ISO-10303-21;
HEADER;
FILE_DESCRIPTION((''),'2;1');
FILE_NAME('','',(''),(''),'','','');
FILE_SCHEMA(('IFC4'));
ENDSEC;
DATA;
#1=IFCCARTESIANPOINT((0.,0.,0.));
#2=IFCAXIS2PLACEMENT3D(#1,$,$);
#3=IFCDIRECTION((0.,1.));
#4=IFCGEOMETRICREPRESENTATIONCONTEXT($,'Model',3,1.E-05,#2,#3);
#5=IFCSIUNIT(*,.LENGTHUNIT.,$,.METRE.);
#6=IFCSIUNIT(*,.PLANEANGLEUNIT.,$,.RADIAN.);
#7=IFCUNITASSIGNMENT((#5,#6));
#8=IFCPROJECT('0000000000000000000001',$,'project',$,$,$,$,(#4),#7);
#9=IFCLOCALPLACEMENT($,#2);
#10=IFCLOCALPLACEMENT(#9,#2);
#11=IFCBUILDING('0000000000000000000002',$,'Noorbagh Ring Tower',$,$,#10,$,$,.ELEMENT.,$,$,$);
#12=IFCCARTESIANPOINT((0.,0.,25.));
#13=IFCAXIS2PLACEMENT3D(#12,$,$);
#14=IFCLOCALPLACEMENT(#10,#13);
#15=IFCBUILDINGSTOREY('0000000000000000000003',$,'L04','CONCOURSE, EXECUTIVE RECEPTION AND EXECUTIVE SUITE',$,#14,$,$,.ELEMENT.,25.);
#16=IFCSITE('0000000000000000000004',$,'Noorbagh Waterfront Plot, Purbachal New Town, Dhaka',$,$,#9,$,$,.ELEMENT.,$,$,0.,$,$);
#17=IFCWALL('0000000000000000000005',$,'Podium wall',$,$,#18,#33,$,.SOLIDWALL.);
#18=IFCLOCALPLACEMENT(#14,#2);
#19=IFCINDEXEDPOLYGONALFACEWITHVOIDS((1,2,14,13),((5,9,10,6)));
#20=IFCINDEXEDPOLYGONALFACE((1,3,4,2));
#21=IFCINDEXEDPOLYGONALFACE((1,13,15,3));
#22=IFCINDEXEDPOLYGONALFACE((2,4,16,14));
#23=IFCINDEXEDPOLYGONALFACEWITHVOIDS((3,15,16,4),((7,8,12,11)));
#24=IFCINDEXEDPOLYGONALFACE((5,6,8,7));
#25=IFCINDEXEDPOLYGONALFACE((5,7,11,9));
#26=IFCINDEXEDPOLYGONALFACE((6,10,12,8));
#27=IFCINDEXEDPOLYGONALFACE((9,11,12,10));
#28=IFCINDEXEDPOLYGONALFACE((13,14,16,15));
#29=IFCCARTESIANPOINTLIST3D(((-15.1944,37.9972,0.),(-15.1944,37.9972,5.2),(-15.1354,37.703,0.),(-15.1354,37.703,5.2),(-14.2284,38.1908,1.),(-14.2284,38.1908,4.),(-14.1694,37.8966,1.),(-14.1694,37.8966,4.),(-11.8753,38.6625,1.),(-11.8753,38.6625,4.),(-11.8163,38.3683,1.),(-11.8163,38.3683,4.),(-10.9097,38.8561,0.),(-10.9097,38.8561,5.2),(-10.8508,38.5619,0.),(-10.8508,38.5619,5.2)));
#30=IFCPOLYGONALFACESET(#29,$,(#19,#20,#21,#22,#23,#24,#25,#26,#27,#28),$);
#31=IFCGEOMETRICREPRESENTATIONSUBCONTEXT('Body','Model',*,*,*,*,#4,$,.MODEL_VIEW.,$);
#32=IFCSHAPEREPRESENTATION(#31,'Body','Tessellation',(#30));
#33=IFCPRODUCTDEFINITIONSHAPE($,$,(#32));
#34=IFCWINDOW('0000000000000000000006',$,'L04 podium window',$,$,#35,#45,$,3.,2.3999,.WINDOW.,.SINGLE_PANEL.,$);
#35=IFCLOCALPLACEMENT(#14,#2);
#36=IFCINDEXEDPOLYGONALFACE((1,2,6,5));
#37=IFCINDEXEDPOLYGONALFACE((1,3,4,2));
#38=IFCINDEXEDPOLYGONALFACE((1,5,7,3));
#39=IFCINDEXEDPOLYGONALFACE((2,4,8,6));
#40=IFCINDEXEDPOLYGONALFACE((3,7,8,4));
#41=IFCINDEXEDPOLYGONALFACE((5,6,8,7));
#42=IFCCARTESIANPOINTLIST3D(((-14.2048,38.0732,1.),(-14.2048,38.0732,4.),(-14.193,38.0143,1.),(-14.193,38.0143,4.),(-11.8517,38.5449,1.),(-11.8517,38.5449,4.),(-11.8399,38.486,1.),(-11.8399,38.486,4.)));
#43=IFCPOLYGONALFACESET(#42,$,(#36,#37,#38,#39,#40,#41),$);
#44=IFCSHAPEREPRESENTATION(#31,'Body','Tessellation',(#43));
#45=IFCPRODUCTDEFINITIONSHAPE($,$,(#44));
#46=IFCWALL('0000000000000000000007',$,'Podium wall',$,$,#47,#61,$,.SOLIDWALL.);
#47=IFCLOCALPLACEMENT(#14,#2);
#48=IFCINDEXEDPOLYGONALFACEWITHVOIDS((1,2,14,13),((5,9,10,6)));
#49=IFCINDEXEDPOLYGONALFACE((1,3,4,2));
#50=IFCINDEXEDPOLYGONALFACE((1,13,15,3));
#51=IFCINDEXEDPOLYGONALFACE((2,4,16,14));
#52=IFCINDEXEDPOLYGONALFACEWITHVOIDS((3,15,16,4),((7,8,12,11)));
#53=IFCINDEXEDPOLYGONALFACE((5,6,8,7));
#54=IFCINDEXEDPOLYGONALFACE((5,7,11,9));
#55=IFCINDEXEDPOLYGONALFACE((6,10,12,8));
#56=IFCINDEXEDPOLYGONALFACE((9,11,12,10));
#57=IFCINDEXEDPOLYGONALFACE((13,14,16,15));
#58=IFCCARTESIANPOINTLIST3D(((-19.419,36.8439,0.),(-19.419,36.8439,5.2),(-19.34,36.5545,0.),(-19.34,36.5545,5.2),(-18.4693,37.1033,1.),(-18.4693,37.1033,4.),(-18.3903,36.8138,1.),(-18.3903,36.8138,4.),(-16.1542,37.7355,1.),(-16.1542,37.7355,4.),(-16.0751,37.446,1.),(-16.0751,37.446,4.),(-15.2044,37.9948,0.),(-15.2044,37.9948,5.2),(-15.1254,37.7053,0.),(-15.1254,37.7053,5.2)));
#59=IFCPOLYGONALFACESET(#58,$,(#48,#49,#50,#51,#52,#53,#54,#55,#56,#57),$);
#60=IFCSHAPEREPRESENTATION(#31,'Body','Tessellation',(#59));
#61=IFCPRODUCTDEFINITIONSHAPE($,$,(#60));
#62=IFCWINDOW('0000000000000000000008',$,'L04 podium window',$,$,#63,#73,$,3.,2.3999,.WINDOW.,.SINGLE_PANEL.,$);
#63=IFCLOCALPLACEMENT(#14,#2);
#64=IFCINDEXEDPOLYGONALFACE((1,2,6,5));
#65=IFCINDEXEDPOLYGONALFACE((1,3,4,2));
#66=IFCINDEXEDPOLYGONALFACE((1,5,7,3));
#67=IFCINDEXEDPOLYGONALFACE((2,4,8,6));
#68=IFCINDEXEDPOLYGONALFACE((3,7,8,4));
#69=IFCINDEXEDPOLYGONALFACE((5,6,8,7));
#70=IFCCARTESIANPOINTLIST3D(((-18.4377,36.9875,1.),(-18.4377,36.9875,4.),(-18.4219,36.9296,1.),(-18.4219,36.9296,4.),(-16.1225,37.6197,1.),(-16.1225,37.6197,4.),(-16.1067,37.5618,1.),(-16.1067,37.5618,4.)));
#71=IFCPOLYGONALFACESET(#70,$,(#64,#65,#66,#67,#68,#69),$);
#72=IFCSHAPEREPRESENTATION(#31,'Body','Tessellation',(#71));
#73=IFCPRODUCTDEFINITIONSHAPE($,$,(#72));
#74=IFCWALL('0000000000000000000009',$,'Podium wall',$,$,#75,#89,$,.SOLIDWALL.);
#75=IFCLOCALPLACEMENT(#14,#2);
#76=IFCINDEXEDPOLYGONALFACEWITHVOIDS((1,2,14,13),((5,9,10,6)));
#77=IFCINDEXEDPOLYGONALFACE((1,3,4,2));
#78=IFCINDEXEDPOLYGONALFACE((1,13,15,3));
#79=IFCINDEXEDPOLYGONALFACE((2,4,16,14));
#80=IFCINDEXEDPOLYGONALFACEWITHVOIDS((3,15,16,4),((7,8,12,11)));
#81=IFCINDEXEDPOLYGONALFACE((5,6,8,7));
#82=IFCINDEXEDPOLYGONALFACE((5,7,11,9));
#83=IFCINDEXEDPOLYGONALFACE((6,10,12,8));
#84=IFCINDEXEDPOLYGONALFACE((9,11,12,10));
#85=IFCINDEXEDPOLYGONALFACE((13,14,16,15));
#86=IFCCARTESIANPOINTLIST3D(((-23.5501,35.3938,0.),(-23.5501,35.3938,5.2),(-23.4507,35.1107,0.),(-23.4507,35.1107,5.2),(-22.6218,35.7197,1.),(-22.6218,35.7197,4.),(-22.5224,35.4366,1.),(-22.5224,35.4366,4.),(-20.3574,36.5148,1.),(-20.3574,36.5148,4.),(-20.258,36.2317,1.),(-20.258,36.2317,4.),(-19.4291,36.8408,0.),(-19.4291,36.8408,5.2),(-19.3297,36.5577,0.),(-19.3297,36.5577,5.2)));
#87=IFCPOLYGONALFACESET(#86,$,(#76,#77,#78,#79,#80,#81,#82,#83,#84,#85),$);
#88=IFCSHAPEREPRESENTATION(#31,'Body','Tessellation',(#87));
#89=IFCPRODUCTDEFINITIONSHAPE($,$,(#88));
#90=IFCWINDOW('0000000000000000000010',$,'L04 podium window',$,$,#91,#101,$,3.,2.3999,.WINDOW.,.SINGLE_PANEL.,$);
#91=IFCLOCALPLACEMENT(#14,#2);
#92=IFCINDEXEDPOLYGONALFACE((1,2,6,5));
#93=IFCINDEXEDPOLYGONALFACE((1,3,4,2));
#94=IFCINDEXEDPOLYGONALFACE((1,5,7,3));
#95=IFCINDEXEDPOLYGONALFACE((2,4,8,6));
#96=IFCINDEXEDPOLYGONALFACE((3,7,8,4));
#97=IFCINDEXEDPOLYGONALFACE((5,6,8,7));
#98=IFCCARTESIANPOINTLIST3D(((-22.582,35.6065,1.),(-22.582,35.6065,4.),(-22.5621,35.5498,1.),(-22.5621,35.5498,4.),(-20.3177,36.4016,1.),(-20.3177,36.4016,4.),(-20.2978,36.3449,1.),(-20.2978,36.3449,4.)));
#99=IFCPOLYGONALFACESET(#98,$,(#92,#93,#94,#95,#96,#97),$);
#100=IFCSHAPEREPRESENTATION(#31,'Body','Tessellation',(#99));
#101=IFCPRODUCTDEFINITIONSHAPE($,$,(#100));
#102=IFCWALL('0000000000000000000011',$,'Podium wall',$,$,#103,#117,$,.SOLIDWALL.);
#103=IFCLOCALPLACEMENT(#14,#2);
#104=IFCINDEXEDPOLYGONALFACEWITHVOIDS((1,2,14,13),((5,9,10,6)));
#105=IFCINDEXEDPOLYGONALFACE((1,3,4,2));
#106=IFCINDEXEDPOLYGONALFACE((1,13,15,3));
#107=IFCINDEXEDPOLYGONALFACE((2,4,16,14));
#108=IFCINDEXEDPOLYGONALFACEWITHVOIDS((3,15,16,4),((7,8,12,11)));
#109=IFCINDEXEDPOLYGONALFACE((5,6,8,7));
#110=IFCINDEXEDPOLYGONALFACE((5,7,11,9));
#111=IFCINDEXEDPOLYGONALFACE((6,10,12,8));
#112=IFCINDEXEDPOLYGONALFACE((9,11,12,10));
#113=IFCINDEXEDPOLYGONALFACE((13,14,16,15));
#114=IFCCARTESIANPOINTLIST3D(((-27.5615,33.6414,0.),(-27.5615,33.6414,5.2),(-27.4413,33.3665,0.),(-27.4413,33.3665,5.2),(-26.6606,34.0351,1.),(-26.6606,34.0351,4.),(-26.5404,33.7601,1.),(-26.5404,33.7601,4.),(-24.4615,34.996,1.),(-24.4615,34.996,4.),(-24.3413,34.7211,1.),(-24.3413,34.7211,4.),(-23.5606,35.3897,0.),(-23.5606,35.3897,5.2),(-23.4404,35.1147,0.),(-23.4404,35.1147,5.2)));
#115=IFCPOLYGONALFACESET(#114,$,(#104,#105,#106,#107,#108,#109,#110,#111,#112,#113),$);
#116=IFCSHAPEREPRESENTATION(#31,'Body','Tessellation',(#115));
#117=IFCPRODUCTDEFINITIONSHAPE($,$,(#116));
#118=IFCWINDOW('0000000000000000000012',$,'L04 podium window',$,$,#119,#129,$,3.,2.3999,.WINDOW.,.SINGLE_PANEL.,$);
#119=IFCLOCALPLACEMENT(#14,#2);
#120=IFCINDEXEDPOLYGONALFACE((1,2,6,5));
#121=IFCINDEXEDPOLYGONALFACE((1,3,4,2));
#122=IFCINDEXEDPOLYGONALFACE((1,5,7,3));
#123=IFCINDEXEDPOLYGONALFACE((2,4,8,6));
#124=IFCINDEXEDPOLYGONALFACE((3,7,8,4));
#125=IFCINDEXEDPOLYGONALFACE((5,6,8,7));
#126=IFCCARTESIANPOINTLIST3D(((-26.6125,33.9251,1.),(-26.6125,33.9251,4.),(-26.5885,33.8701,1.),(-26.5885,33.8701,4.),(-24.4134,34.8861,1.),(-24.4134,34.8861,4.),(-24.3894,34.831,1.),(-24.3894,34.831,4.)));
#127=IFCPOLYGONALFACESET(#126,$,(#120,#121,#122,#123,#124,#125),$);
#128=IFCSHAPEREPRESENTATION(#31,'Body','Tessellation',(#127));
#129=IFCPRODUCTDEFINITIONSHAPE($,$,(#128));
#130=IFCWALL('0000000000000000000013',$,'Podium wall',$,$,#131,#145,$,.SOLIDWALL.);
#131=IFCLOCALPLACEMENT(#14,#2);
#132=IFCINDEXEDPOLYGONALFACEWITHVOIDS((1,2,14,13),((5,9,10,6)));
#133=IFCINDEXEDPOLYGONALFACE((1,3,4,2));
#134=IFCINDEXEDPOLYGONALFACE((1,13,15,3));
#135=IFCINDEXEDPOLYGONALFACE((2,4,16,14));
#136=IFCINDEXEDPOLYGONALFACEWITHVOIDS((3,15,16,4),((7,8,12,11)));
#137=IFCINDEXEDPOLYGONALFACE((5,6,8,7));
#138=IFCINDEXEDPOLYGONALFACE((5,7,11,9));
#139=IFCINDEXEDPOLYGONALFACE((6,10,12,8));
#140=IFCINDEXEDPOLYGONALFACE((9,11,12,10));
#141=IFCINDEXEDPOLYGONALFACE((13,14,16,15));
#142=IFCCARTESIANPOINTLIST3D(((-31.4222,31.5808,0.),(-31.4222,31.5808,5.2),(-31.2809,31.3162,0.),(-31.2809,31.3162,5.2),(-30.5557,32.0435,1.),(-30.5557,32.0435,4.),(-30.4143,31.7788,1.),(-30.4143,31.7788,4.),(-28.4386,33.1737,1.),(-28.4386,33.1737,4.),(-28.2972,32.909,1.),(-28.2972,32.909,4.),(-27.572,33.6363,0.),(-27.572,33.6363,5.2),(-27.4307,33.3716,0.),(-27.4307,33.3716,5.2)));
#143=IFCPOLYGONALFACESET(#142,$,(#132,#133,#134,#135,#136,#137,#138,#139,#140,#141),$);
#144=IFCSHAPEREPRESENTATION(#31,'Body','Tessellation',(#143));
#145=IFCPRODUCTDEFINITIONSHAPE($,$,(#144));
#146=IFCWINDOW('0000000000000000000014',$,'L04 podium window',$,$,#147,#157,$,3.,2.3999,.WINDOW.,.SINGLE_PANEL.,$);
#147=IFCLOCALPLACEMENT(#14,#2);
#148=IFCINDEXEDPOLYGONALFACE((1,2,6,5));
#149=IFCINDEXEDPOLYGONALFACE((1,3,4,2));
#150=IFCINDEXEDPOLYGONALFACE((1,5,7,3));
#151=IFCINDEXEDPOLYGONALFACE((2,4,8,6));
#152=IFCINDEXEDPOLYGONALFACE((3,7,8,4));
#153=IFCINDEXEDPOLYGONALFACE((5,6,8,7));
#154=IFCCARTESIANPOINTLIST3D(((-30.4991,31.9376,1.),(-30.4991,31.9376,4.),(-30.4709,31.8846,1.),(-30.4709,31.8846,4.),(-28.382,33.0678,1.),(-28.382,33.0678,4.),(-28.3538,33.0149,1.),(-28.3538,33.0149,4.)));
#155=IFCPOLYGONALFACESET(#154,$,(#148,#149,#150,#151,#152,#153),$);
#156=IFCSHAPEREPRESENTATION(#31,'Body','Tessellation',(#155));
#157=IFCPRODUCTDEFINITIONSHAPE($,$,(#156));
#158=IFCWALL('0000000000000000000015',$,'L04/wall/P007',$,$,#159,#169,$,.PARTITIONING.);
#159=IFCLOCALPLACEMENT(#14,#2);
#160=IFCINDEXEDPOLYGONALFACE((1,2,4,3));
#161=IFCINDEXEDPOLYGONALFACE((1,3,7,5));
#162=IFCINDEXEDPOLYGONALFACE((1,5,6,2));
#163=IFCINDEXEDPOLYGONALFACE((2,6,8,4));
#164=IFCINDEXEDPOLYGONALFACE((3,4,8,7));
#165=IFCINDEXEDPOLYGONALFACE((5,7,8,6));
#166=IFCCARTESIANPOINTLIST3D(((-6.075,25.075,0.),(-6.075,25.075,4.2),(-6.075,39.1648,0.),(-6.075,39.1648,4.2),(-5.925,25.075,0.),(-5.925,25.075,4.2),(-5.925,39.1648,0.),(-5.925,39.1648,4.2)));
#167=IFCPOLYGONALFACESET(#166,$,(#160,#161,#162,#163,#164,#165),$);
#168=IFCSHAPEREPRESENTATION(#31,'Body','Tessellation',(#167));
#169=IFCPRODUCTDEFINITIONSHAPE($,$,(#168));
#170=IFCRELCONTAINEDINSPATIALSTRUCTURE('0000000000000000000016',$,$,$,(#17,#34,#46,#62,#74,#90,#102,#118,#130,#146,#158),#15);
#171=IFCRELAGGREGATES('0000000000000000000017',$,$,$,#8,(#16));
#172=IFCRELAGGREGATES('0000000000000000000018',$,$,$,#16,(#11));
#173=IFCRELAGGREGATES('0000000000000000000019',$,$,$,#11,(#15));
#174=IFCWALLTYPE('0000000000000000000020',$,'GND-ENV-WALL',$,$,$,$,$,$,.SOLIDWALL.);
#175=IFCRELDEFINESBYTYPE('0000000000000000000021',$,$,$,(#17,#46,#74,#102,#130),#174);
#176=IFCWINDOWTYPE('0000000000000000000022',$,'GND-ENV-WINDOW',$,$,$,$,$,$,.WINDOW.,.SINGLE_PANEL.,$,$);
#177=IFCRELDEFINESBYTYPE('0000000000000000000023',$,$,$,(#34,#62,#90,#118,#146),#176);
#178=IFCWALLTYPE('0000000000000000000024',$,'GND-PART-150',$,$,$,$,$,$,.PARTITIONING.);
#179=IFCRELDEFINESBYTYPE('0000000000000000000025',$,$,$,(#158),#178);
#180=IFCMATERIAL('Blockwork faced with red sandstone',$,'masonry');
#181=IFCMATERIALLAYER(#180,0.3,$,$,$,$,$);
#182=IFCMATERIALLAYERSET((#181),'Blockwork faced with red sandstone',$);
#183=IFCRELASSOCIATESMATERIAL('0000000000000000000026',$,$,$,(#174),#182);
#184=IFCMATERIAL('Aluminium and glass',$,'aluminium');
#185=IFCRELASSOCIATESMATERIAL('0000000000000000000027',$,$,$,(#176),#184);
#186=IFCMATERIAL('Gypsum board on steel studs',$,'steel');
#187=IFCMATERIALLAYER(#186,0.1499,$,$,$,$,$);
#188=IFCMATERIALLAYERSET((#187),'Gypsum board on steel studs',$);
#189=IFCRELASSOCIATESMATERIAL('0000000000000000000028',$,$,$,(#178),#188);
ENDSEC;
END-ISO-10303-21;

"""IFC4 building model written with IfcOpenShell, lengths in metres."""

from ifc_helpers import new_model, si_unit, direction, frame, frame_2d, origin, place, context, subcontext, project, spatial, rectangle, extrude, material, layer, layer_set, type_object, element, fill, save


model = new_model("IFC4")

# Units and contexts
model_context = context("Model", 3, precision=1e-05, world=origin(), true_north=direction((0.0, 1.0)))
body_context = subcontext(model_context, "Body", "Model", "MODEL_VIEW")
ifc_project = project(units=[si_unit("LENGTHUNIT", "METRE"), si_unit("PLANEANGLEUNIT", "RADIAN")], contexts=[model_context])

# Site, building, storey
site_placement = place(None, origin())
site = spatial("IfcSite", under=ifc_project, at=site_placement, Name="Noorbagh Waterfront Plot, Purbachal New Town, Dhaka", CompositionType="ELEMENT", RefElevation=0.0)
building_placement = place(site_placement, origin())
building = spatial("IfcBuilding", under=site, at=building_placement, Name="Noorbagh Ring Tower", CompositionType="ELEMENT")
storey_placement = place(building_placement, frame((0.0, 0.0, 25.0)))
storey = spatial("IfcBuildingStorey", under=building, at=storey_placement, Name="L04", Description="CONCOURSE, EXECUTIVE RECEPTION AND EXECUTIVE SUITE", CompositionType="ELEMENT", Elevation=25.0)

# Walls, openings, windows
ifc_material_1 = material(Name="Blockwork faced with red sandstone", Category="masonry")
ifc_layer_1 = layer(ifc_material_1, 0.3)
ifc_layer_set_1 = layer_set([ifc_layer_1], Name="Blockwork faced with red sandstone")
wall_type_1 = type_object("IfcWallType", Name="GND-ENV-WALL", PredefinedType="SOLIDWALL", material=ifc_layer_set_1)
ifc_material_2 = material(Name="Aluminium and glass", Category="aluminium")
window_type = type_object("IfcWindowType", Name="GND-ENV-WINDOW", PartitioningType="SINGLE_PANEL", PredefinedType="WINDOW", material=ifc_material_2)
wall_1_placement = place(storey_placement, frame((-10.8801, 38.709, 0.0), z_axis=(0.0, 0.0, 1.0), x_axis=(-0.980495, -0.196546, 0.0)))
wall_1 = element("IfcWall", 1, at=wall_1_placement, inside=storey, type_object=wall_type_1, Name="Podium wall", PredefinedType="SOLIDWALL", context=body_context, shape_type="SweptSolid", body=[
    extrude(rectangle(XDim=4.3699, YDim=0.3, at=frame_2d((2.1851, 0.0))), origin(), (0.0, 0.0, 1.0), 5.2),
])
opening_1_placement = place(wall_1_placement, frame((0.9849, 0.0, 1.0)))
opening_1 = element("IfcOpeningElement", 2, at=opening_1_placement, cuts=wall_1, PredefinedType="OPENING", context=body_context, shape_type="SweptSolid", body=[
    extrude(rectangle(XDim=2.3999, YDim=3.0, at=frame_2d((1.2, 1.5))), frame((0.0, 0.1602, 0.0), z_axis=(0.0, -1.0, 0.0), x_axis=(1.0, 0.0, 0.0)), (0.0, 0.0, 1.0), 0.3201),
])
window_1_placement = place(opening_1_placement, origin())
window_1 = element("IfcWindow", 3, at=window_1_placement, inside=storey, type_object=window_type, Name="L04 podium window", OverallHeight=3.0, OverallWidth=2.3999, PartitioningType="SINGLE_PANEL", PredefinedType="WINDOW", context=body_context, shape_type="SweptSolid", body=[
    extrude(rectangle(XDim=2.3999, YDim=3.0, at=frame_2d((1.2, 1.5))), frame((0.0, 0.03, 0.0), z_axis=(0.0, -1.0, 0.0), x_axis=(1.0, 0.0, 0.0)), (0.0, 0.0, 1.0), 0.0601),
])
fill(opening_1, window_1)
wall_2_placement = place(storey_placement, frame((-15.1648, 37.8501, 0.0), z_axis=(0.0, 0.0, 1.0), x_axis=(-0.96468, -0.263425, 0.0)))
wall_2 = element("IfcWall", 4, at=wall_2_placement, inside=storey, type_object=wall_type_1, Name="Podium wall", PredefinedType="SOLIDWALL", context=body_context, shape_type="SweptSolid", body=[
    extrude(rectangle(XDim=4.3689, YDim=0.3, at=frame_2d((2.1846, 0.0))), origin(), (0.0, 0.0, 1.0), 5.2),
])
opening_2_placement = place(wall_2_placement, frame((0.9846, 0.0, 1.0)))
opening_2 = element("IfcOpeningElement", 5, at=opening_2_placement, cuts=wall_2, PredefinedType="OPENING", context=body_context, shape_type="SweptSolid", body=[
    extrude(rectangle(XDim=2.3999, YDim=3.0, at=frame_2d((1.2, 1.5))), frame((0.0, 0.1602, 0.0), z_axis=(0.0, -1.0, 0.0), x_axis=(1.0, 0.0, 0.0)), (0.0, 0.0, 1.0), 0.3201),
])
window_2_placement = place(opening_2_placement, origin())
window_2 = element("IfcWindow", 6, at=window_2_placement, inside=storey, type_object=window_type, Name="L04 podium window", OverallHeight=3.0, OverallWidth=2.3999, PartitioningType="SINGLE_PANEL", PredefinedType="WINDOW", context=body_context, shape_type="SweptSolid", body=[
    extrude(rectangle(XDim=2.3999, YDim=3.0, at=frame_2d((1.2, 1.5))), frame((0.0, 0.03, 0.0), z_axis=(0.0, -1.0, 0.0), x_axis=(1.0, 0.0, 0.0)), (0.0, 0.0, 1.0), 0.0601),
])
fill(opening_2, window_2)
wall_3_placement = place(storey_placement, frame((-19.3794, 36.6992, 0.0), z_axis=(0.0, 0.0, 1.0), x_axis=(-0.943527, -0.331296, 0.0)))
wall_3 = element("IfcWall", 7, at=wall_3_placement, inside=storey, type_object=wall_type_1, Name="Podium wall", PredefinedType="SOLIDWALL", context=body_context, shape_type="SweptSolid", body=[
    extrude(rectangle(XDim=4.3677, YDim=0.3, at=frame_2d((2.1838, 0.0))), origin(), (0.0, 0.0, 1.0), 5.2),
])
opening_3_placement = place(wall_3_placement, frame((0.9839, 0.0, 1.0)))
opening_3 = element("IfcOpeningElement", 8, at=opening_3_placement, cuts=wall_3, PredefinedType="OPENING", context=body_context, shape_type="SweptSolid", body=[
    extrude(rectangle(XDim=2.3999, YDim=3.0, at=frame_2d((1.2, 1.5))), frame((0.0, 0.1602, 0.0), z_axis=(0.0, -1.0, 0.0), x_axis=(1.0, 0.0, 0.0)), (0.0, 0.0, 1.0), 0.3201),
])
window_3_placement = place(opening_3_placement, origin())
window_3 = element("IfcWindow", 9, at=window_3_placement, inside=storey, type_object=window_type, Name="L04 podium window", OverallHeight=3.0, OverallWidth=2.3999, PartitioningType="SINGLE_PANEL", PredefinedType="WINDOW", context=body_context, shape_type="SweptSolid", body=[
    extrude(rectangle(XDim=2.3999, YDim=3.0, at=frame_2d((1.2, 1.5))), frame((0.0, 0.03, 0.0), z_axis=(0.0, -1.0, 0.0), x_axis=(1.0, 0.0, 0.0)), (0.0, 0.0, 1.0), 0.0601),
])
fill(opening_3, window_3)
wall_4_placement = place(storey_placement, frame((-23.5005, 35.2522, 0.0), z_axis=(0.0, 0.0, 1.0), x_axis=(-0.916337, -0.400408, 0.0)))
wall_4 = element("IfcWall", 10, at=wall_4_placement, inside=storey, type_object=wall_type_1, Name="Podium wall", PredefinedType="SOLIDWALL", context=body_context, shape_type="SweptSolid", body=[
    extrude(rectangle(XDim=4.3662, YDim=0.3, at=frame_2d((2.1831, 0.0))), origin(), (0.0, 0.0, 1.0), 5.2),
])
opening_4_placement = place(wall_4_placement, frame((0.9832, 0.0, 1.0)))
opening_4 = element("IfcOpeningElement", 11, at=opening_4_placement, cuts=wall_4, PredefinedType="OPENING", context=body_context, shape_type="SweptSolid", body=[
    extrude(rectangle(XDim=2.3999, YDim=3.0, at=frame_2d((1.2, 1.5))), frame((0.0, 0.1602, 0.0), z_axis=(0.0, -1.0, 0.0), x_axis=(1.0, 0.0, 0.0)), (0.0, 0.0, 1.0), 0.3201),
])
window_4_placement = place(opening_4_placement, origin())
window_4 = element("IfcWindow", 12, at=window_4_placement, inside=storey, type_object=window_type, Name="L04 podium window", OverallHeight=3.0, OverallWidth=2.3999, PartitioningType="SINGLE_PANEL", PredefinedType="WINDOW", context=body_context, shape_type="SweptSolid", body=[
    extrude(rectangle(XDim=2.3999, YDim=3.0, at=frame_2d((1.2, 1.5))), frame((0.0, 0.03, 0.0), z_axis=(0.0, -1.0, 0.0), x_axis=(1.0, 0.0, 0.0)), (0.0, 0.0, 1.0), 0.0601),
])
fill(opening_4, window_4)
wall_5_placement = place(storey_placement, frame((-27.5015, 33.5039, 0.0), z_axis=(0.0, 0.0, 1.0), x_axis=(-0.882159, -0.470951, 0.0)))
wall_5 = element("IfcWall", 13, at=wall_5_placement, inside=storey, type_object=wall_type_1, Name="Podium wall", PredefinedType="SOLIDWALL", context=body_context, shape_type="SweptSolid", body=[
    extrude(rectangle(XDim=4.3645, YDim=0.3, at=frame_2d((2.1821, 0.0))), origin(), (0.0, 0.0, 1.0), 5.2),
])
opening_5_placement = place(wall_5_placement, frame((0.9822, 0.0, 1.0)))
opening_5 = element("IfcOpeningElement", 14, at=opening_5_placement, cuts=wall_5, PredefinedType="OPENING", context=body_context, shape_type="SweptSolid", body=[
    extrude(rectangle(XDim=2.3999, YDim=3.0, at=frame_2d((1.2, 1.5))), frame((0.0, 0.1602, 0.0), z_axis=(0.0, -1.0, 0.0), x_axis=(1.0, 0.0, 0.0)), (0.0, 0.0, 1.0), 0.3201),
])
window_5_placement = place(opening_5_placement, origin())
window_5 = element("IfcWindow", 15, at=window_5_placement, inside=storey, type_object=window_type, Name="L04 podium window", OverallHeight=3.0, OverallWidth=2.3999, PartitioningType="SINGLE_PANEL", PredefinedType="WINDOW", context=body_context, shape_type="SweptSolid", body=[
    extrude(rectangle(XDim=2.3999, YDim=3.0, at=frame_2d((1.2, 1.5))), frame((0.0, 0.03, 0.0), z_axis=(0.0, -1.0, 0.0), x_axis=(1.0, 0.0, 0.0)), (0.0, 0.0, 1.0), 0.0601),
])
fill(opening_5, window_5)

# Wall
ifc_material_3 = material(Name="Gypsum board on steel studs", Category="steel")
ifc_layer_2 = layer(ifc_material_3, 0.1499)
ifc_layer_set_2 = layer_set([ifc_layer_2], Name="Gypsum board on steel studs")
wall_type_2 = type_object("IfcWallType", Name="GND-PART-150", PredefinedType="PARTITIONING", material=ifc_layer_set_2)
wall_6_placement = place(storey_placement, frame((-6.0, 39.1648, 0.0), z_axis=(0.0, 0.0, 1.0), x_axis=(0.0, -1.0, 0.0)))
element("IfcWall", 16, at=wall_6_placement, inside=storey, type_object=wall_type_2, Name="L04/wall/P007", PredefinedType="PARTITIONING", context=body_context, shape_type="SweptSolid", body=[
    extrude(rectangle(XDim=14.0898, YDim=0.1499, at=frame_2d((7.0449, 0.0))), origin(), (0.0, 0.0, 1.0), 4.2),
])

save(model, "model.ifc")
